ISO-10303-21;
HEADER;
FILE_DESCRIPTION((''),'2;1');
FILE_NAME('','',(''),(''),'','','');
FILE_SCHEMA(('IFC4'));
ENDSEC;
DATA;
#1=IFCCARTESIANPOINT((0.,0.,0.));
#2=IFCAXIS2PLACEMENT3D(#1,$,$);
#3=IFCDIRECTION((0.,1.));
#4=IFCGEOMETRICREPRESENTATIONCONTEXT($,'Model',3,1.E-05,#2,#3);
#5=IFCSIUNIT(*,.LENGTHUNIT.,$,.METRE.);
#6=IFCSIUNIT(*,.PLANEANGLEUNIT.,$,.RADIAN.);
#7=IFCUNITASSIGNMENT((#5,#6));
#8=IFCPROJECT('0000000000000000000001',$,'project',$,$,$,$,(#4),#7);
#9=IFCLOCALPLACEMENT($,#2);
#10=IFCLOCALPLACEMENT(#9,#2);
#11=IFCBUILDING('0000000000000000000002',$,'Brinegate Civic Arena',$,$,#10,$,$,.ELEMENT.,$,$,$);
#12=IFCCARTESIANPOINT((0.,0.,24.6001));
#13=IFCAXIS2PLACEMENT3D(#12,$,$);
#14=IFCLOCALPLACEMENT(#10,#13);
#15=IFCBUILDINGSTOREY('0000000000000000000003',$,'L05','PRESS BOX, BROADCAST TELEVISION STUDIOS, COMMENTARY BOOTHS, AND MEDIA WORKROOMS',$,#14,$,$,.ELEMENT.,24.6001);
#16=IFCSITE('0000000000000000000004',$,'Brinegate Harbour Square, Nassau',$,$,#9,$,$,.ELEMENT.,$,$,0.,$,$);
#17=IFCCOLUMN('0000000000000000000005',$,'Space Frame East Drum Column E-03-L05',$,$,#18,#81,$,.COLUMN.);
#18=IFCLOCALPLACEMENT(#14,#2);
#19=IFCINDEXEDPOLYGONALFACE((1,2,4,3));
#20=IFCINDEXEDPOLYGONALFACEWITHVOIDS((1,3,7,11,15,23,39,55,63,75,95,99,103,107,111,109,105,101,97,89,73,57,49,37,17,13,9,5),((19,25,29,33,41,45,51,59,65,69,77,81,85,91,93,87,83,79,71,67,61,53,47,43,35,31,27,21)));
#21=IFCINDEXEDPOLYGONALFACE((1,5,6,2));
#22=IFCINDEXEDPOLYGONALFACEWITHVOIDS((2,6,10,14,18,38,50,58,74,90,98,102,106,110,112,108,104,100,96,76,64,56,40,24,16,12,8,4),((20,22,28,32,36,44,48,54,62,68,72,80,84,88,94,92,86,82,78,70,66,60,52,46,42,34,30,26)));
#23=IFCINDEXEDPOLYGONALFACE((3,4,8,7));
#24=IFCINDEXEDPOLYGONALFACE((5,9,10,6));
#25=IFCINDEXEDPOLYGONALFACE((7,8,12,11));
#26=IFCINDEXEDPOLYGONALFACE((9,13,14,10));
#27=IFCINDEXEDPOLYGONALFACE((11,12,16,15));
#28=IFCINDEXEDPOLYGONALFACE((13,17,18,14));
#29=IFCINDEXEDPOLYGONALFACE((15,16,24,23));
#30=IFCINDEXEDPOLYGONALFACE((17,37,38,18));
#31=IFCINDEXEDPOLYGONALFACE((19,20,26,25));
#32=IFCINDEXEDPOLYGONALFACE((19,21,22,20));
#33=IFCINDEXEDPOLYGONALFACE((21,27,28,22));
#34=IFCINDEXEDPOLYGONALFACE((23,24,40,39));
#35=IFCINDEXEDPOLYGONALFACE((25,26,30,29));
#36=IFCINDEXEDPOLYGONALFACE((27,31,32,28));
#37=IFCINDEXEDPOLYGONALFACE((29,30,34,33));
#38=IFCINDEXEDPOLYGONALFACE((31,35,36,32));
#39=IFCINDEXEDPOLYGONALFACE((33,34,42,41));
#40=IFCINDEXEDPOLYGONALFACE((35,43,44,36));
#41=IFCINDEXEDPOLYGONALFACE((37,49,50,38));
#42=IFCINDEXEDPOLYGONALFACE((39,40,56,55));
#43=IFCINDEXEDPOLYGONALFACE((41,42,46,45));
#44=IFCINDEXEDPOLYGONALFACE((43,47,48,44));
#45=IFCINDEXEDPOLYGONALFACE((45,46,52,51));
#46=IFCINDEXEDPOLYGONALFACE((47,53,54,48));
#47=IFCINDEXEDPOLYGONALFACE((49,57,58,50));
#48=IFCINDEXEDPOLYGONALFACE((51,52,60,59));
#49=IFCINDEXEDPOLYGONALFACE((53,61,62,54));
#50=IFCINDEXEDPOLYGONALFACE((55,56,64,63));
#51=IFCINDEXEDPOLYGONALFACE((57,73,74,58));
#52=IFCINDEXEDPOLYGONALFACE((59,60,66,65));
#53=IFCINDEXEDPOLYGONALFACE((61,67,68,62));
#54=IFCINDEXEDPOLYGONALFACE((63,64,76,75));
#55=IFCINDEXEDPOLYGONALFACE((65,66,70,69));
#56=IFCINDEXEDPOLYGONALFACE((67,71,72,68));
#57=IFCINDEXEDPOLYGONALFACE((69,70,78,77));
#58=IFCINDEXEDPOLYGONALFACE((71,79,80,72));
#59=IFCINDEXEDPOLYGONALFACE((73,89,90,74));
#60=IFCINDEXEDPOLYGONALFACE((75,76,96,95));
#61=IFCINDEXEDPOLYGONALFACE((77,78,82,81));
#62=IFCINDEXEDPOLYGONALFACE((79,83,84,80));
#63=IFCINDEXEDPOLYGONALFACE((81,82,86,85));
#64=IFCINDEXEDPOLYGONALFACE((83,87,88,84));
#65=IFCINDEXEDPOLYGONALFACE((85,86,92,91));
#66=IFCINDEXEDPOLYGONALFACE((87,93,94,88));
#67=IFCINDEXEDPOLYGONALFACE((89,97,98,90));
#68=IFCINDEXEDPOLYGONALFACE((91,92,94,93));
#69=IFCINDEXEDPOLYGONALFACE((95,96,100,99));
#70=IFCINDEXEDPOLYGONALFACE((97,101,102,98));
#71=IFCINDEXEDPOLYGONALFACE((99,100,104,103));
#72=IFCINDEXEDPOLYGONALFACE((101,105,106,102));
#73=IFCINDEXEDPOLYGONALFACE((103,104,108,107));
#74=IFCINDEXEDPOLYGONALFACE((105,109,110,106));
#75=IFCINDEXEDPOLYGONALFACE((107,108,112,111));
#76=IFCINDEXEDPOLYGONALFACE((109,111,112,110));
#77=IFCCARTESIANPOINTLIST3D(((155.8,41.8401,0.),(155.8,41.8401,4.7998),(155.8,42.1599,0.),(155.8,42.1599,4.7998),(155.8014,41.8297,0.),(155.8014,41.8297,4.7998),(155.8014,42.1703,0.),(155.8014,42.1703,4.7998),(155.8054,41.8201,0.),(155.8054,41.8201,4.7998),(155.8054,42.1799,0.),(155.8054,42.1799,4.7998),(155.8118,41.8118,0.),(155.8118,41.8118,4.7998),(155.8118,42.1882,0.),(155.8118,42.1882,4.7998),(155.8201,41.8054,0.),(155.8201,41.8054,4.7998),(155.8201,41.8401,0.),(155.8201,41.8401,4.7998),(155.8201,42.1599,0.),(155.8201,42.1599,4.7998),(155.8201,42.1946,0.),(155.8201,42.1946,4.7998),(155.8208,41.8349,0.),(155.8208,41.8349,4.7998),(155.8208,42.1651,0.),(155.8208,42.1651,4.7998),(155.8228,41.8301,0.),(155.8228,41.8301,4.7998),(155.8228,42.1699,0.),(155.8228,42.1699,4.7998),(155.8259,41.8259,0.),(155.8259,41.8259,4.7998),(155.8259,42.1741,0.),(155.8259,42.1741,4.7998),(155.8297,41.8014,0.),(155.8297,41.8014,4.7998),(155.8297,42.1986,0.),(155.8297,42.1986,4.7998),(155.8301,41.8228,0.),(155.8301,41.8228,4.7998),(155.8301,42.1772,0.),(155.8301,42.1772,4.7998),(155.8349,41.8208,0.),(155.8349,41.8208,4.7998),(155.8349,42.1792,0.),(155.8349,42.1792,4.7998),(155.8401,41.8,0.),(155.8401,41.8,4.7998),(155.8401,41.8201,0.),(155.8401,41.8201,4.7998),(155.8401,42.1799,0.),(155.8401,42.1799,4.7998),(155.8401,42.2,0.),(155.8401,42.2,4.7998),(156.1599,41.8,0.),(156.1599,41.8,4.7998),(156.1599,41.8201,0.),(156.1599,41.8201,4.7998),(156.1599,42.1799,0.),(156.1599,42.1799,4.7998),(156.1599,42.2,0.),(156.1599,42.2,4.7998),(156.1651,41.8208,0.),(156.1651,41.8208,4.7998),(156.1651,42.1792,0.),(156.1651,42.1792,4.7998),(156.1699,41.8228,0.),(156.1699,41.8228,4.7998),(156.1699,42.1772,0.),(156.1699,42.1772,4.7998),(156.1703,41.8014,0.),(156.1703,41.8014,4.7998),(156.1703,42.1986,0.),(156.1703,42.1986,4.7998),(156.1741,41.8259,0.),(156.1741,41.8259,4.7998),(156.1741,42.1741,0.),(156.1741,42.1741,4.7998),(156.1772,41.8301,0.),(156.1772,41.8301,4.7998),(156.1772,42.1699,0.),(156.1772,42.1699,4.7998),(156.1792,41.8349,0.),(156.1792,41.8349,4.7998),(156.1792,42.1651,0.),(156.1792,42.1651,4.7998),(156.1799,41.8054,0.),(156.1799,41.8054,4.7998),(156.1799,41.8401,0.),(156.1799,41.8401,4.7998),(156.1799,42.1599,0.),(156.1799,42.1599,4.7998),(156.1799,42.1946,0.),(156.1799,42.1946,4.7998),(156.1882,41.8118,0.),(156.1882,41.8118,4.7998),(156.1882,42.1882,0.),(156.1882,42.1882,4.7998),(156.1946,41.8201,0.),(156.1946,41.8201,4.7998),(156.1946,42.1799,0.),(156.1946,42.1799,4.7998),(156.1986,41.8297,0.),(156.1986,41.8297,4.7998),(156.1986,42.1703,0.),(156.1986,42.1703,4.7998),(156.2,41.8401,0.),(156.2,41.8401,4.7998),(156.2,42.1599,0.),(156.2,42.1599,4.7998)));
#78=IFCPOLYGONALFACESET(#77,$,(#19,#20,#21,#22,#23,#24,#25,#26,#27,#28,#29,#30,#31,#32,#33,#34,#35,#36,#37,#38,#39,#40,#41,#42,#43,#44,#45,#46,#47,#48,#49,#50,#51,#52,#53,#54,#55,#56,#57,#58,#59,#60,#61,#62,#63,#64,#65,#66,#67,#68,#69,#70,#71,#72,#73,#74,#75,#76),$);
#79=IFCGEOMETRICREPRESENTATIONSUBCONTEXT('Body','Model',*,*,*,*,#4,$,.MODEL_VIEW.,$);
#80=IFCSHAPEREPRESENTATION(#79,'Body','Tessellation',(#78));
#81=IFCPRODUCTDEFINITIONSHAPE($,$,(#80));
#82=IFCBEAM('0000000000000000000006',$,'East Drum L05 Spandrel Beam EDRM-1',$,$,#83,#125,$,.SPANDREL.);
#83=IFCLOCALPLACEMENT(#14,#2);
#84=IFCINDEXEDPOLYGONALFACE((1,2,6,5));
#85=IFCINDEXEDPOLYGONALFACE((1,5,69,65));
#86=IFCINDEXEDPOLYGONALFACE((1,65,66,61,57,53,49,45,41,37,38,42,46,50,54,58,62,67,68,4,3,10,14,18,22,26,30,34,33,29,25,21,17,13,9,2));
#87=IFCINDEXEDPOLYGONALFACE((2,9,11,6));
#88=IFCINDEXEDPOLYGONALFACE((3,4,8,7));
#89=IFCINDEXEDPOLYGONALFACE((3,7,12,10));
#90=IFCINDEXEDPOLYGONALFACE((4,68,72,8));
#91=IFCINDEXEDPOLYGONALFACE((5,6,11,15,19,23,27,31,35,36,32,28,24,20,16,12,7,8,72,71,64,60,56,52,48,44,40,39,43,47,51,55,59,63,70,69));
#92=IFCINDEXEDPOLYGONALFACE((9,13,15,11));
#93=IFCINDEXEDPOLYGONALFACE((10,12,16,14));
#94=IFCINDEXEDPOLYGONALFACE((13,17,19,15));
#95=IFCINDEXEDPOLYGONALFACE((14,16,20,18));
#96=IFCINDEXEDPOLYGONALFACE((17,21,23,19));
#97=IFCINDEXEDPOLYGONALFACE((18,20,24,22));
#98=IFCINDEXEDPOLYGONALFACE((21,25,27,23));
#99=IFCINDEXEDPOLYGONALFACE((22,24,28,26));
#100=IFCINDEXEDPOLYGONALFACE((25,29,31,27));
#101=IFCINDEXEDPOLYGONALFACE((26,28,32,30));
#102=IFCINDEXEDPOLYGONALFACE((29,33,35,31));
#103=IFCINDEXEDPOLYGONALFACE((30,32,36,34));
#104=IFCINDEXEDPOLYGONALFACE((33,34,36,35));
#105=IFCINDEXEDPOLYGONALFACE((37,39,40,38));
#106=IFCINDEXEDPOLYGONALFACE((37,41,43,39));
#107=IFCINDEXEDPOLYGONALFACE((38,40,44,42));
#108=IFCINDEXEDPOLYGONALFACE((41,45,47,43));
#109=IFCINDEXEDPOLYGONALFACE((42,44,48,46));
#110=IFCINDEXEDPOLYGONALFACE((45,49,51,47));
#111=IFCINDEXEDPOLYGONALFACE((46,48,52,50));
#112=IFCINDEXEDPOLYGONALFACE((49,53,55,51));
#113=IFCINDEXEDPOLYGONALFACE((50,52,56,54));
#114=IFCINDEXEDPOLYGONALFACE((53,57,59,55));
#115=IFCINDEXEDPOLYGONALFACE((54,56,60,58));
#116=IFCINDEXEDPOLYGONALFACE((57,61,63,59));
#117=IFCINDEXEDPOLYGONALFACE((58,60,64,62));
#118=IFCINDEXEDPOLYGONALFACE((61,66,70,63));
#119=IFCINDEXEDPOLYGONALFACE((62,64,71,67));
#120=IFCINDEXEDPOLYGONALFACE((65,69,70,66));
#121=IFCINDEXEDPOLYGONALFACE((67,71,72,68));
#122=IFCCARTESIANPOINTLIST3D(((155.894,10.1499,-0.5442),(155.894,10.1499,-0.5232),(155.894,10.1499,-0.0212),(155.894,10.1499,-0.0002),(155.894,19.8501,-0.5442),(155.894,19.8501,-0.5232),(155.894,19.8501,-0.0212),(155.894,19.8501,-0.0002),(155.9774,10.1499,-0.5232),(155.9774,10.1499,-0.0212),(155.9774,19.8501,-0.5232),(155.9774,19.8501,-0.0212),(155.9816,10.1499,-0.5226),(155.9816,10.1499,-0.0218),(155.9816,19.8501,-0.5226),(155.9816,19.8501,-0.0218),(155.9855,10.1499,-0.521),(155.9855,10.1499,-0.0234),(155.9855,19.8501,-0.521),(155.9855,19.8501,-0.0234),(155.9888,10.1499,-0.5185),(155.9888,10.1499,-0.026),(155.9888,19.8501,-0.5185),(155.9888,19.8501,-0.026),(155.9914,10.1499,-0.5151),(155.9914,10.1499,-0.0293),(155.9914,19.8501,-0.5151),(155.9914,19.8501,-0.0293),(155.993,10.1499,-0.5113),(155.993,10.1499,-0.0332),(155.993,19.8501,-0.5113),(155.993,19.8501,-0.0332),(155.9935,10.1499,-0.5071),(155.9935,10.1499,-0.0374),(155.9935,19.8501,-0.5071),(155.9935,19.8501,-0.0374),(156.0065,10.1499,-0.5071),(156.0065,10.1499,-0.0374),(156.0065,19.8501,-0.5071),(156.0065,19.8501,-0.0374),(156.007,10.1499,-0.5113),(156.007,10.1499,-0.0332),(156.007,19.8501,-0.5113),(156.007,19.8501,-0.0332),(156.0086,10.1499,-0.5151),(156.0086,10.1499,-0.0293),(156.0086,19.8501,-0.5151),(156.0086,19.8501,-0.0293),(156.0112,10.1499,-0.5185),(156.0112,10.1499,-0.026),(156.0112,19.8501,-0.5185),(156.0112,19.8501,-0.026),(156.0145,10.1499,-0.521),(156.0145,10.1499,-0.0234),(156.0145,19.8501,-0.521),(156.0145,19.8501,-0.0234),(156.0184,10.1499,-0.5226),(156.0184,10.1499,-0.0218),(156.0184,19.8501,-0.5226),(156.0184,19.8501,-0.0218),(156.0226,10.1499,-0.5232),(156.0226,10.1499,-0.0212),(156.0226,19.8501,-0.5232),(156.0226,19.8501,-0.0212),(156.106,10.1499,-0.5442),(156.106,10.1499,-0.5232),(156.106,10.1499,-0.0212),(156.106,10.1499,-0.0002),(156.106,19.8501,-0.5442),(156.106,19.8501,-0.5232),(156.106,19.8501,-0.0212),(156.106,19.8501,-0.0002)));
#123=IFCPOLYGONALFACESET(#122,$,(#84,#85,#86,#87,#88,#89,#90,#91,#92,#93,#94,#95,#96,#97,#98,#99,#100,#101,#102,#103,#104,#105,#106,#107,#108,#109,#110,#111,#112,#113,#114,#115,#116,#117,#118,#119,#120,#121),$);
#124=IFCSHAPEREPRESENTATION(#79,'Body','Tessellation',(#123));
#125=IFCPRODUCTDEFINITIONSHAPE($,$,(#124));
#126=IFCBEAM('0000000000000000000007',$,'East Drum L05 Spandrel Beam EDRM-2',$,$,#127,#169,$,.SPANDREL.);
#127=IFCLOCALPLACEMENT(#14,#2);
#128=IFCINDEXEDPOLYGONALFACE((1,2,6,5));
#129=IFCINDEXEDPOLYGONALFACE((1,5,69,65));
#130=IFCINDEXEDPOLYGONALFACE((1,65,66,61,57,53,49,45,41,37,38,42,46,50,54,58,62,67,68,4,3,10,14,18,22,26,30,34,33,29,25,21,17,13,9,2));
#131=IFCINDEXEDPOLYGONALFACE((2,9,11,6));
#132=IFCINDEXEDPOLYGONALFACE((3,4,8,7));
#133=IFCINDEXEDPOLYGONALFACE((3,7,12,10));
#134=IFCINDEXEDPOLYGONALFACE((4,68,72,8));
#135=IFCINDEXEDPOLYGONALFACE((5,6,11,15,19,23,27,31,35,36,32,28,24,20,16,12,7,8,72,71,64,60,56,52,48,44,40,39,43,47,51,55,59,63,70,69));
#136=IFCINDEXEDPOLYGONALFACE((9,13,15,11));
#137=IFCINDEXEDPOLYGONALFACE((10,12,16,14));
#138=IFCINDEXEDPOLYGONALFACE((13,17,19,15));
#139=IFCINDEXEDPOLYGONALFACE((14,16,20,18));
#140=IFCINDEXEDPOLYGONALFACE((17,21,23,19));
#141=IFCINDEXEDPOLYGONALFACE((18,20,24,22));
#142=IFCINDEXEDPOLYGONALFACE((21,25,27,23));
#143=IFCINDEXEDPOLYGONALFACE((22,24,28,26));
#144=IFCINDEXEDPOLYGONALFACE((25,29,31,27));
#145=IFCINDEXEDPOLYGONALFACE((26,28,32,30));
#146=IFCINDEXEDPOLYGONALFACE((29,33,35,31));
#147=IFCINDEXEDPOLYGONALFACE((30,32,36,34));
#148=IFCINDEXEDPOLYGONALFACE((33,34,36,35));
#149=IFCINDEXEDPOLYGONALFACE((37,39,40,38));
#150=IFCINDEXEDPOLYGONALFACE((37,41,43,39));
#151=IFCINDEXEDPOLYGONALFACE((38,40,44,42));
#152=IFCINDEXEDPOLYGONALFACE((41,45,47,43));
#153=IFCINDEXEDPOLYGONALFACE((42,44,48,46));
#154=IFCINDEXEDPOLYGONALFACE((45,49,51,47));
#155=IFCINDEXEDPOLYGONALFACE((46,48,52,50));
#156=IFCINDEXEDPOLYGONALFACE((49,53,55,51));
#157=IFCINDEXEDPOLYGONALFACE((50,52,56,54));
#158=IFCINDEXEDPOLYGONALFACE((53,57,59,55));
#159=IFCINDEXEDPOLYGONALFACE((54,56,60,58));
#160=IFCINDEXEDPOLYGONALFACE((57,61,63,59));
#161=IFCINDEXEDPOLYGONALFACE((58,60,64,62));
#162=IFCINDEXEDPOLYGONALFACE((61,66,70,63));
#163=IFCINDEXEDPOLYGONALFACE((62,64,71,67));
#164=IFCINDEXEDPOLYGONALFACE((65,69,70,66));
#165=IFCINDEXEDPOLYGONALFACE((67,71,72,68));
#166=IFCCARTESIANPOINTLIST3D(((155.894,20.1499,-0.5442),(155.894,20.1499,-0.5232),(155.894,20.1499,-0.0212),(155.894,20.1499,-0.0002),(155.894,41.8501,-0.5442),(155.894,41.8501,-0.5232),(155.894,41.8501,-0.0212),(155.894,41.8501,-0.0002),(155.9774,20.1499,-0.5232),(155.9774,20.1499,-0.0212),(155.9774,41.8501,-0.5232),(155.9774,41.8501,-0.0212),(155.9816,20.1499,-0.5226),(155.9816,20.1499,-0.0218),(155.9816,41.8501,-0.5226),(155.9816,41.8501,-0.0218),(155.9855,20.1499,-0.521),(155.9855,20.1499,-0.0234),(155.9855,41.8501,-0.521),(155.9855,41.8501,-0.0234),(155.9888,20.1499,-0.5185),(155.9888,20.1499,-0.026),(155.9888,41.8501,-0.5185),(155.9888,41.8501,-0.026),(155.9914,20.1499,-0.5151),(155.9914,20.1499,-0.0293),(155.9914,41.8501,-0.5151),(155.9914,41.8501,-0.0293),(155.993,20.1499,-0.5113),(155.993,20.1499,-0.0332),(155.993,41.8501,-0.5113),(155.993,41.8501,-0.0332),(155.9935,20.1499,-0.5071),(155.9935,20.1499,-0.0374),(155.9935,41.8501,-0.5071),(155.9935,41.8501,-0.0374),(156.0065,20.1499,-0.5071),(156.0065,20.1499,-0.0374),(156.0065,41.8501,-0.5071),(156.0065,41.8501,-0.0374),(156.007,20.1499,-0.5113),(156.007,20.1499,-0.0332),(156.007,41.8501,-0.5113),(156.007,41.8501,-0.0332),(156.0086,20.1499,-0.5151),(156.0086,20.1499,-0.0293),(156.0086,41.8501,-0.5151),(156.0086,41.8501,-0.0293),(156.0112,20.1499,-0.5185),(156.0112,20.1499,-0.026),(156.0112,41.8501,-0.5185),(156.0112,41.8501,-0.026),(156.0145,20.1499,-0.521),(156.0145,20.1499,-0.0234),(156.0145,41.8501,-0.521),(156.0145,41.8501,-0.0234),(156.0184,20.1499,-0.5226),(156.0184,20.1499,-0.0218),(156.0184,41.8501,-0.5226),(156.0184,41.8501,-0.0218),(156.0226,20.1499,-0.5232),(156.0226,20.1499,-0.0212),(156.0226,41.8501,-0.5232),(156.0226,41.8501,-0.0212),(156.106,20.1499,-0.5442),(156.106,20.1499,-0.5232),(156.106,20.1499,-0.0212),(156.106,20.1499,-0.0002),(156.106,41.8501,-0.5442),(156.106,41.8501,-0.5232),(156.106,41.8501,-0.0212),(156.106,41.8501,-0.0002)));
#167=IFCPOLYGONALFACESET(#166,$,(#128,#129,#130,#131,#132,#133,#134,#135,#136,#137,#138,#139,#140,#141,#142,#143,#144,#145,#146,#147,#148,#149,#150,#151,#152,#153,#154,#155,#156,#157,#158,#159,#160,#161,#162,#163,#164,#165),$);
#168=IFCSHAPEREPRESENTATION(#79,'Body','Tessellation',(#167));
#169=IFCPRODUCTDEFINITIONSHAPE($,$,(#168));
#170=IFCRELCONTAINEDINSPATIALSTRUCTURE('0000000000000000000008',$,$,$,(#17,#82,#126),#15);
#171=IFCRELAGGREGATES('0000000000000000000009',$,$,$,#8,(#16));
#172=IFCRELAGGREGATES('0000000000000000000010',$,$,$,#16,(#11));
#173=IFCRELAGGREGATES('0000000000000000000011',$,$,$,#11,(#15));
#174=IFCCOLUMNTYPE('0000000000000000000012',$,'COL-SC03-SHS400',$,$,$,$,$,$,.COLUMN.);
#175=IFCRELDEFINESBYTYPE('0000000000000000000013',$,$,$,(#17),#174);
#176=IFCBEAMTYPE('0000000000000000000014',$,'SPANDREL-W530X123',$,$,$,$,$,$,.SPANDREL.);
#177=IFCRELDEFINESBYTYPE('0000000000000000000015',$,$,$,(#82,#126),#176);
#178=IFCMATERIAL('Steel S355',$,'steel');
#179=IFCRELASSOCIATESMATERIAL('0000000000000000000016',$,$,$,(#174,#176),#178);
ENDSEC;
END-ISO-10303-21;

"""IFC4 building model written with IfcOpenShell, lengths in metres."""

from ifc_helpers import new_model, si_unit, direction, frame, origin, origin_2d, place, context, subcontext, project, spatial, hollow_rectangle, i_section, extrude, material, material_profile, profile_set, type_object, element, save


model = new_model("IFC4")

# Units and contexts
model_context = context("Model", 3, precision=1e-05, world=origin(), true_north=direction((0.0, 1.0)))
body_context = subcontext(model_context, "Body", "Model", "MODEL_VIEW")
ifc_project = project(units=[si_unit("LENGTHUNIT", "METRE"), si_unit("PLANEANGLEUNIT", "RADIAN")], contexts=[model_context])

# Site, building, storey
site_placement = place(None, origin())
site = spatial("IfcSite", under=ifc_project, at=site_placement, Name="Brinegate Harbour Square, Nassau", CompositionType="ELEMENT", RefElevation=0.0)
building_placement = place(site_placement, origin())
building = spatial("IfcBuilding", under=site, at=building_placement, Name="Brinegate Civic Arena", CompositionType="ELEMENT")
storey_placement = place(building_placement, frame((0.0, 0.0, 24.6001)))
storey = spatial("IfcBuildingStorey", under=building, at=storey_placement, Name="L05", Description="PRESS BOX, BROADCAST TELEVISION STUDIOS, COMMENTARY BOOTHS, AND MEDIA WORKROOMS", CompositionType="ELEMENT", Elevation=24.6001)

# Column
ifc_material_1 = material(Name="Steel S355", Category="steel")
ifc_material_profile_1 = material_profile(ifc_material_1, hollow_rectangle(XDim=0.3999, YDim=0.3999, WallThickness=0.02, InnerFilletRadius=0.02, OuterFilletRadius=0.04, at=origin_2d()), Name="SHS400X20")
ifc_profile_set_1 = profile_set([ifc_material_profile_1], Name="Steel S355")
column_type_1 = type_object("IfcColumnType", Name="COL-SC03-SHS400", PredefinedType="COLUMN", material=ifc_profile_set_1)
for number, where, z_axis, x_axis, name in (
    (1, (156.0, 42.0, 0.0), (0.0, 0.0, 1.0), (1.0, 0.0, 0.0), "Space Frame East Drum Column E-03-L05"),
):
    element("IfcColumn", number, at=place(storey_placement, frame(where, z_axis=z_axis, x_axis=x_axis)), inside=storey, type_object=column_type_1, Name=name, PredefinedType="COLUMN", context=body_context, shape_type="SweptSolid", body=[
        extrude(hollow_rectangle(XDim=0.3999, YDim=0.3999, WallThickness=0.02, InnerFilletRadius=0.02, OuterFilletRadius=0.04, at=origin_2d()), origin(), (0.0, 0.0, 1.0), 4.7998),
    ])

# Beams
ifc_material_profile_2 = material_profile(ifc_material_1, i_section(OverallWidth=0.2119, OverallDepth=0.5439, WebThickness=0.0129, FlangeThickness=0.021, FilletRadius=0.0161, at=origin_2d()), Name="W530X123")
ifc_profile_set_2 = profile_set([ifc_material_profile_2], Name="Steel S355")
beam_type = type_object("IfcBeamType", Name="SPANDREL-W530X123", PredefinedType="SPANDREL", material=ifc_profile_set_2)
beam_1_placement = place(storey_placement, frame((156.0, 10.1499, -0.2722), z_axis=(0.0, 1.0, 0.0), x_axis=(-1.0, 0.0, 0.0)))
element("IfcBeam", 2, at=beam_1_placement, inside=storey, type_object=beam_type, Name="East Drum L05 Spandrel Beam EDRM-1", PredefinedType="SPANDREL", context=body_context, shape_type="SweptSolid", body=[
    extrude(i_section(OverallWidth=0.2119, OverallDepth=0.5439, WebThickness=0.0129, FlangeThickness=0.021, FilletRadius=0.0161, at=origin_2d()), origin(), (0.0, 0.0, 1.0), 9.7002),
])
beam_2_placement = place(storey_placement, frame((156.0, 20.1499, -0.2722), z_axis=(0.0, 1.0, 0.0), x_axis=(-1.0, 0.0, 0.0)))
element("IfcBeam", 3, at=beam_2_placement, inside=storey, type_object=beam_type, Name="East Drum L05 Spandrel Beam EDRM-2", PredefinedType="SPANDREL", context=body_context, shape_type="SweptSolid", body=[
    extrude(i_section(OverallWidth=0.2119, OverallDepth=0.5439, WebThickness=0.0129, FlangeThickness=0.021, FilletRadius=0.0161, at=origin_2d()), origin(), (0.0, 0.0, 1.0), 21.7002),
])

save(model, "model.ifc")
